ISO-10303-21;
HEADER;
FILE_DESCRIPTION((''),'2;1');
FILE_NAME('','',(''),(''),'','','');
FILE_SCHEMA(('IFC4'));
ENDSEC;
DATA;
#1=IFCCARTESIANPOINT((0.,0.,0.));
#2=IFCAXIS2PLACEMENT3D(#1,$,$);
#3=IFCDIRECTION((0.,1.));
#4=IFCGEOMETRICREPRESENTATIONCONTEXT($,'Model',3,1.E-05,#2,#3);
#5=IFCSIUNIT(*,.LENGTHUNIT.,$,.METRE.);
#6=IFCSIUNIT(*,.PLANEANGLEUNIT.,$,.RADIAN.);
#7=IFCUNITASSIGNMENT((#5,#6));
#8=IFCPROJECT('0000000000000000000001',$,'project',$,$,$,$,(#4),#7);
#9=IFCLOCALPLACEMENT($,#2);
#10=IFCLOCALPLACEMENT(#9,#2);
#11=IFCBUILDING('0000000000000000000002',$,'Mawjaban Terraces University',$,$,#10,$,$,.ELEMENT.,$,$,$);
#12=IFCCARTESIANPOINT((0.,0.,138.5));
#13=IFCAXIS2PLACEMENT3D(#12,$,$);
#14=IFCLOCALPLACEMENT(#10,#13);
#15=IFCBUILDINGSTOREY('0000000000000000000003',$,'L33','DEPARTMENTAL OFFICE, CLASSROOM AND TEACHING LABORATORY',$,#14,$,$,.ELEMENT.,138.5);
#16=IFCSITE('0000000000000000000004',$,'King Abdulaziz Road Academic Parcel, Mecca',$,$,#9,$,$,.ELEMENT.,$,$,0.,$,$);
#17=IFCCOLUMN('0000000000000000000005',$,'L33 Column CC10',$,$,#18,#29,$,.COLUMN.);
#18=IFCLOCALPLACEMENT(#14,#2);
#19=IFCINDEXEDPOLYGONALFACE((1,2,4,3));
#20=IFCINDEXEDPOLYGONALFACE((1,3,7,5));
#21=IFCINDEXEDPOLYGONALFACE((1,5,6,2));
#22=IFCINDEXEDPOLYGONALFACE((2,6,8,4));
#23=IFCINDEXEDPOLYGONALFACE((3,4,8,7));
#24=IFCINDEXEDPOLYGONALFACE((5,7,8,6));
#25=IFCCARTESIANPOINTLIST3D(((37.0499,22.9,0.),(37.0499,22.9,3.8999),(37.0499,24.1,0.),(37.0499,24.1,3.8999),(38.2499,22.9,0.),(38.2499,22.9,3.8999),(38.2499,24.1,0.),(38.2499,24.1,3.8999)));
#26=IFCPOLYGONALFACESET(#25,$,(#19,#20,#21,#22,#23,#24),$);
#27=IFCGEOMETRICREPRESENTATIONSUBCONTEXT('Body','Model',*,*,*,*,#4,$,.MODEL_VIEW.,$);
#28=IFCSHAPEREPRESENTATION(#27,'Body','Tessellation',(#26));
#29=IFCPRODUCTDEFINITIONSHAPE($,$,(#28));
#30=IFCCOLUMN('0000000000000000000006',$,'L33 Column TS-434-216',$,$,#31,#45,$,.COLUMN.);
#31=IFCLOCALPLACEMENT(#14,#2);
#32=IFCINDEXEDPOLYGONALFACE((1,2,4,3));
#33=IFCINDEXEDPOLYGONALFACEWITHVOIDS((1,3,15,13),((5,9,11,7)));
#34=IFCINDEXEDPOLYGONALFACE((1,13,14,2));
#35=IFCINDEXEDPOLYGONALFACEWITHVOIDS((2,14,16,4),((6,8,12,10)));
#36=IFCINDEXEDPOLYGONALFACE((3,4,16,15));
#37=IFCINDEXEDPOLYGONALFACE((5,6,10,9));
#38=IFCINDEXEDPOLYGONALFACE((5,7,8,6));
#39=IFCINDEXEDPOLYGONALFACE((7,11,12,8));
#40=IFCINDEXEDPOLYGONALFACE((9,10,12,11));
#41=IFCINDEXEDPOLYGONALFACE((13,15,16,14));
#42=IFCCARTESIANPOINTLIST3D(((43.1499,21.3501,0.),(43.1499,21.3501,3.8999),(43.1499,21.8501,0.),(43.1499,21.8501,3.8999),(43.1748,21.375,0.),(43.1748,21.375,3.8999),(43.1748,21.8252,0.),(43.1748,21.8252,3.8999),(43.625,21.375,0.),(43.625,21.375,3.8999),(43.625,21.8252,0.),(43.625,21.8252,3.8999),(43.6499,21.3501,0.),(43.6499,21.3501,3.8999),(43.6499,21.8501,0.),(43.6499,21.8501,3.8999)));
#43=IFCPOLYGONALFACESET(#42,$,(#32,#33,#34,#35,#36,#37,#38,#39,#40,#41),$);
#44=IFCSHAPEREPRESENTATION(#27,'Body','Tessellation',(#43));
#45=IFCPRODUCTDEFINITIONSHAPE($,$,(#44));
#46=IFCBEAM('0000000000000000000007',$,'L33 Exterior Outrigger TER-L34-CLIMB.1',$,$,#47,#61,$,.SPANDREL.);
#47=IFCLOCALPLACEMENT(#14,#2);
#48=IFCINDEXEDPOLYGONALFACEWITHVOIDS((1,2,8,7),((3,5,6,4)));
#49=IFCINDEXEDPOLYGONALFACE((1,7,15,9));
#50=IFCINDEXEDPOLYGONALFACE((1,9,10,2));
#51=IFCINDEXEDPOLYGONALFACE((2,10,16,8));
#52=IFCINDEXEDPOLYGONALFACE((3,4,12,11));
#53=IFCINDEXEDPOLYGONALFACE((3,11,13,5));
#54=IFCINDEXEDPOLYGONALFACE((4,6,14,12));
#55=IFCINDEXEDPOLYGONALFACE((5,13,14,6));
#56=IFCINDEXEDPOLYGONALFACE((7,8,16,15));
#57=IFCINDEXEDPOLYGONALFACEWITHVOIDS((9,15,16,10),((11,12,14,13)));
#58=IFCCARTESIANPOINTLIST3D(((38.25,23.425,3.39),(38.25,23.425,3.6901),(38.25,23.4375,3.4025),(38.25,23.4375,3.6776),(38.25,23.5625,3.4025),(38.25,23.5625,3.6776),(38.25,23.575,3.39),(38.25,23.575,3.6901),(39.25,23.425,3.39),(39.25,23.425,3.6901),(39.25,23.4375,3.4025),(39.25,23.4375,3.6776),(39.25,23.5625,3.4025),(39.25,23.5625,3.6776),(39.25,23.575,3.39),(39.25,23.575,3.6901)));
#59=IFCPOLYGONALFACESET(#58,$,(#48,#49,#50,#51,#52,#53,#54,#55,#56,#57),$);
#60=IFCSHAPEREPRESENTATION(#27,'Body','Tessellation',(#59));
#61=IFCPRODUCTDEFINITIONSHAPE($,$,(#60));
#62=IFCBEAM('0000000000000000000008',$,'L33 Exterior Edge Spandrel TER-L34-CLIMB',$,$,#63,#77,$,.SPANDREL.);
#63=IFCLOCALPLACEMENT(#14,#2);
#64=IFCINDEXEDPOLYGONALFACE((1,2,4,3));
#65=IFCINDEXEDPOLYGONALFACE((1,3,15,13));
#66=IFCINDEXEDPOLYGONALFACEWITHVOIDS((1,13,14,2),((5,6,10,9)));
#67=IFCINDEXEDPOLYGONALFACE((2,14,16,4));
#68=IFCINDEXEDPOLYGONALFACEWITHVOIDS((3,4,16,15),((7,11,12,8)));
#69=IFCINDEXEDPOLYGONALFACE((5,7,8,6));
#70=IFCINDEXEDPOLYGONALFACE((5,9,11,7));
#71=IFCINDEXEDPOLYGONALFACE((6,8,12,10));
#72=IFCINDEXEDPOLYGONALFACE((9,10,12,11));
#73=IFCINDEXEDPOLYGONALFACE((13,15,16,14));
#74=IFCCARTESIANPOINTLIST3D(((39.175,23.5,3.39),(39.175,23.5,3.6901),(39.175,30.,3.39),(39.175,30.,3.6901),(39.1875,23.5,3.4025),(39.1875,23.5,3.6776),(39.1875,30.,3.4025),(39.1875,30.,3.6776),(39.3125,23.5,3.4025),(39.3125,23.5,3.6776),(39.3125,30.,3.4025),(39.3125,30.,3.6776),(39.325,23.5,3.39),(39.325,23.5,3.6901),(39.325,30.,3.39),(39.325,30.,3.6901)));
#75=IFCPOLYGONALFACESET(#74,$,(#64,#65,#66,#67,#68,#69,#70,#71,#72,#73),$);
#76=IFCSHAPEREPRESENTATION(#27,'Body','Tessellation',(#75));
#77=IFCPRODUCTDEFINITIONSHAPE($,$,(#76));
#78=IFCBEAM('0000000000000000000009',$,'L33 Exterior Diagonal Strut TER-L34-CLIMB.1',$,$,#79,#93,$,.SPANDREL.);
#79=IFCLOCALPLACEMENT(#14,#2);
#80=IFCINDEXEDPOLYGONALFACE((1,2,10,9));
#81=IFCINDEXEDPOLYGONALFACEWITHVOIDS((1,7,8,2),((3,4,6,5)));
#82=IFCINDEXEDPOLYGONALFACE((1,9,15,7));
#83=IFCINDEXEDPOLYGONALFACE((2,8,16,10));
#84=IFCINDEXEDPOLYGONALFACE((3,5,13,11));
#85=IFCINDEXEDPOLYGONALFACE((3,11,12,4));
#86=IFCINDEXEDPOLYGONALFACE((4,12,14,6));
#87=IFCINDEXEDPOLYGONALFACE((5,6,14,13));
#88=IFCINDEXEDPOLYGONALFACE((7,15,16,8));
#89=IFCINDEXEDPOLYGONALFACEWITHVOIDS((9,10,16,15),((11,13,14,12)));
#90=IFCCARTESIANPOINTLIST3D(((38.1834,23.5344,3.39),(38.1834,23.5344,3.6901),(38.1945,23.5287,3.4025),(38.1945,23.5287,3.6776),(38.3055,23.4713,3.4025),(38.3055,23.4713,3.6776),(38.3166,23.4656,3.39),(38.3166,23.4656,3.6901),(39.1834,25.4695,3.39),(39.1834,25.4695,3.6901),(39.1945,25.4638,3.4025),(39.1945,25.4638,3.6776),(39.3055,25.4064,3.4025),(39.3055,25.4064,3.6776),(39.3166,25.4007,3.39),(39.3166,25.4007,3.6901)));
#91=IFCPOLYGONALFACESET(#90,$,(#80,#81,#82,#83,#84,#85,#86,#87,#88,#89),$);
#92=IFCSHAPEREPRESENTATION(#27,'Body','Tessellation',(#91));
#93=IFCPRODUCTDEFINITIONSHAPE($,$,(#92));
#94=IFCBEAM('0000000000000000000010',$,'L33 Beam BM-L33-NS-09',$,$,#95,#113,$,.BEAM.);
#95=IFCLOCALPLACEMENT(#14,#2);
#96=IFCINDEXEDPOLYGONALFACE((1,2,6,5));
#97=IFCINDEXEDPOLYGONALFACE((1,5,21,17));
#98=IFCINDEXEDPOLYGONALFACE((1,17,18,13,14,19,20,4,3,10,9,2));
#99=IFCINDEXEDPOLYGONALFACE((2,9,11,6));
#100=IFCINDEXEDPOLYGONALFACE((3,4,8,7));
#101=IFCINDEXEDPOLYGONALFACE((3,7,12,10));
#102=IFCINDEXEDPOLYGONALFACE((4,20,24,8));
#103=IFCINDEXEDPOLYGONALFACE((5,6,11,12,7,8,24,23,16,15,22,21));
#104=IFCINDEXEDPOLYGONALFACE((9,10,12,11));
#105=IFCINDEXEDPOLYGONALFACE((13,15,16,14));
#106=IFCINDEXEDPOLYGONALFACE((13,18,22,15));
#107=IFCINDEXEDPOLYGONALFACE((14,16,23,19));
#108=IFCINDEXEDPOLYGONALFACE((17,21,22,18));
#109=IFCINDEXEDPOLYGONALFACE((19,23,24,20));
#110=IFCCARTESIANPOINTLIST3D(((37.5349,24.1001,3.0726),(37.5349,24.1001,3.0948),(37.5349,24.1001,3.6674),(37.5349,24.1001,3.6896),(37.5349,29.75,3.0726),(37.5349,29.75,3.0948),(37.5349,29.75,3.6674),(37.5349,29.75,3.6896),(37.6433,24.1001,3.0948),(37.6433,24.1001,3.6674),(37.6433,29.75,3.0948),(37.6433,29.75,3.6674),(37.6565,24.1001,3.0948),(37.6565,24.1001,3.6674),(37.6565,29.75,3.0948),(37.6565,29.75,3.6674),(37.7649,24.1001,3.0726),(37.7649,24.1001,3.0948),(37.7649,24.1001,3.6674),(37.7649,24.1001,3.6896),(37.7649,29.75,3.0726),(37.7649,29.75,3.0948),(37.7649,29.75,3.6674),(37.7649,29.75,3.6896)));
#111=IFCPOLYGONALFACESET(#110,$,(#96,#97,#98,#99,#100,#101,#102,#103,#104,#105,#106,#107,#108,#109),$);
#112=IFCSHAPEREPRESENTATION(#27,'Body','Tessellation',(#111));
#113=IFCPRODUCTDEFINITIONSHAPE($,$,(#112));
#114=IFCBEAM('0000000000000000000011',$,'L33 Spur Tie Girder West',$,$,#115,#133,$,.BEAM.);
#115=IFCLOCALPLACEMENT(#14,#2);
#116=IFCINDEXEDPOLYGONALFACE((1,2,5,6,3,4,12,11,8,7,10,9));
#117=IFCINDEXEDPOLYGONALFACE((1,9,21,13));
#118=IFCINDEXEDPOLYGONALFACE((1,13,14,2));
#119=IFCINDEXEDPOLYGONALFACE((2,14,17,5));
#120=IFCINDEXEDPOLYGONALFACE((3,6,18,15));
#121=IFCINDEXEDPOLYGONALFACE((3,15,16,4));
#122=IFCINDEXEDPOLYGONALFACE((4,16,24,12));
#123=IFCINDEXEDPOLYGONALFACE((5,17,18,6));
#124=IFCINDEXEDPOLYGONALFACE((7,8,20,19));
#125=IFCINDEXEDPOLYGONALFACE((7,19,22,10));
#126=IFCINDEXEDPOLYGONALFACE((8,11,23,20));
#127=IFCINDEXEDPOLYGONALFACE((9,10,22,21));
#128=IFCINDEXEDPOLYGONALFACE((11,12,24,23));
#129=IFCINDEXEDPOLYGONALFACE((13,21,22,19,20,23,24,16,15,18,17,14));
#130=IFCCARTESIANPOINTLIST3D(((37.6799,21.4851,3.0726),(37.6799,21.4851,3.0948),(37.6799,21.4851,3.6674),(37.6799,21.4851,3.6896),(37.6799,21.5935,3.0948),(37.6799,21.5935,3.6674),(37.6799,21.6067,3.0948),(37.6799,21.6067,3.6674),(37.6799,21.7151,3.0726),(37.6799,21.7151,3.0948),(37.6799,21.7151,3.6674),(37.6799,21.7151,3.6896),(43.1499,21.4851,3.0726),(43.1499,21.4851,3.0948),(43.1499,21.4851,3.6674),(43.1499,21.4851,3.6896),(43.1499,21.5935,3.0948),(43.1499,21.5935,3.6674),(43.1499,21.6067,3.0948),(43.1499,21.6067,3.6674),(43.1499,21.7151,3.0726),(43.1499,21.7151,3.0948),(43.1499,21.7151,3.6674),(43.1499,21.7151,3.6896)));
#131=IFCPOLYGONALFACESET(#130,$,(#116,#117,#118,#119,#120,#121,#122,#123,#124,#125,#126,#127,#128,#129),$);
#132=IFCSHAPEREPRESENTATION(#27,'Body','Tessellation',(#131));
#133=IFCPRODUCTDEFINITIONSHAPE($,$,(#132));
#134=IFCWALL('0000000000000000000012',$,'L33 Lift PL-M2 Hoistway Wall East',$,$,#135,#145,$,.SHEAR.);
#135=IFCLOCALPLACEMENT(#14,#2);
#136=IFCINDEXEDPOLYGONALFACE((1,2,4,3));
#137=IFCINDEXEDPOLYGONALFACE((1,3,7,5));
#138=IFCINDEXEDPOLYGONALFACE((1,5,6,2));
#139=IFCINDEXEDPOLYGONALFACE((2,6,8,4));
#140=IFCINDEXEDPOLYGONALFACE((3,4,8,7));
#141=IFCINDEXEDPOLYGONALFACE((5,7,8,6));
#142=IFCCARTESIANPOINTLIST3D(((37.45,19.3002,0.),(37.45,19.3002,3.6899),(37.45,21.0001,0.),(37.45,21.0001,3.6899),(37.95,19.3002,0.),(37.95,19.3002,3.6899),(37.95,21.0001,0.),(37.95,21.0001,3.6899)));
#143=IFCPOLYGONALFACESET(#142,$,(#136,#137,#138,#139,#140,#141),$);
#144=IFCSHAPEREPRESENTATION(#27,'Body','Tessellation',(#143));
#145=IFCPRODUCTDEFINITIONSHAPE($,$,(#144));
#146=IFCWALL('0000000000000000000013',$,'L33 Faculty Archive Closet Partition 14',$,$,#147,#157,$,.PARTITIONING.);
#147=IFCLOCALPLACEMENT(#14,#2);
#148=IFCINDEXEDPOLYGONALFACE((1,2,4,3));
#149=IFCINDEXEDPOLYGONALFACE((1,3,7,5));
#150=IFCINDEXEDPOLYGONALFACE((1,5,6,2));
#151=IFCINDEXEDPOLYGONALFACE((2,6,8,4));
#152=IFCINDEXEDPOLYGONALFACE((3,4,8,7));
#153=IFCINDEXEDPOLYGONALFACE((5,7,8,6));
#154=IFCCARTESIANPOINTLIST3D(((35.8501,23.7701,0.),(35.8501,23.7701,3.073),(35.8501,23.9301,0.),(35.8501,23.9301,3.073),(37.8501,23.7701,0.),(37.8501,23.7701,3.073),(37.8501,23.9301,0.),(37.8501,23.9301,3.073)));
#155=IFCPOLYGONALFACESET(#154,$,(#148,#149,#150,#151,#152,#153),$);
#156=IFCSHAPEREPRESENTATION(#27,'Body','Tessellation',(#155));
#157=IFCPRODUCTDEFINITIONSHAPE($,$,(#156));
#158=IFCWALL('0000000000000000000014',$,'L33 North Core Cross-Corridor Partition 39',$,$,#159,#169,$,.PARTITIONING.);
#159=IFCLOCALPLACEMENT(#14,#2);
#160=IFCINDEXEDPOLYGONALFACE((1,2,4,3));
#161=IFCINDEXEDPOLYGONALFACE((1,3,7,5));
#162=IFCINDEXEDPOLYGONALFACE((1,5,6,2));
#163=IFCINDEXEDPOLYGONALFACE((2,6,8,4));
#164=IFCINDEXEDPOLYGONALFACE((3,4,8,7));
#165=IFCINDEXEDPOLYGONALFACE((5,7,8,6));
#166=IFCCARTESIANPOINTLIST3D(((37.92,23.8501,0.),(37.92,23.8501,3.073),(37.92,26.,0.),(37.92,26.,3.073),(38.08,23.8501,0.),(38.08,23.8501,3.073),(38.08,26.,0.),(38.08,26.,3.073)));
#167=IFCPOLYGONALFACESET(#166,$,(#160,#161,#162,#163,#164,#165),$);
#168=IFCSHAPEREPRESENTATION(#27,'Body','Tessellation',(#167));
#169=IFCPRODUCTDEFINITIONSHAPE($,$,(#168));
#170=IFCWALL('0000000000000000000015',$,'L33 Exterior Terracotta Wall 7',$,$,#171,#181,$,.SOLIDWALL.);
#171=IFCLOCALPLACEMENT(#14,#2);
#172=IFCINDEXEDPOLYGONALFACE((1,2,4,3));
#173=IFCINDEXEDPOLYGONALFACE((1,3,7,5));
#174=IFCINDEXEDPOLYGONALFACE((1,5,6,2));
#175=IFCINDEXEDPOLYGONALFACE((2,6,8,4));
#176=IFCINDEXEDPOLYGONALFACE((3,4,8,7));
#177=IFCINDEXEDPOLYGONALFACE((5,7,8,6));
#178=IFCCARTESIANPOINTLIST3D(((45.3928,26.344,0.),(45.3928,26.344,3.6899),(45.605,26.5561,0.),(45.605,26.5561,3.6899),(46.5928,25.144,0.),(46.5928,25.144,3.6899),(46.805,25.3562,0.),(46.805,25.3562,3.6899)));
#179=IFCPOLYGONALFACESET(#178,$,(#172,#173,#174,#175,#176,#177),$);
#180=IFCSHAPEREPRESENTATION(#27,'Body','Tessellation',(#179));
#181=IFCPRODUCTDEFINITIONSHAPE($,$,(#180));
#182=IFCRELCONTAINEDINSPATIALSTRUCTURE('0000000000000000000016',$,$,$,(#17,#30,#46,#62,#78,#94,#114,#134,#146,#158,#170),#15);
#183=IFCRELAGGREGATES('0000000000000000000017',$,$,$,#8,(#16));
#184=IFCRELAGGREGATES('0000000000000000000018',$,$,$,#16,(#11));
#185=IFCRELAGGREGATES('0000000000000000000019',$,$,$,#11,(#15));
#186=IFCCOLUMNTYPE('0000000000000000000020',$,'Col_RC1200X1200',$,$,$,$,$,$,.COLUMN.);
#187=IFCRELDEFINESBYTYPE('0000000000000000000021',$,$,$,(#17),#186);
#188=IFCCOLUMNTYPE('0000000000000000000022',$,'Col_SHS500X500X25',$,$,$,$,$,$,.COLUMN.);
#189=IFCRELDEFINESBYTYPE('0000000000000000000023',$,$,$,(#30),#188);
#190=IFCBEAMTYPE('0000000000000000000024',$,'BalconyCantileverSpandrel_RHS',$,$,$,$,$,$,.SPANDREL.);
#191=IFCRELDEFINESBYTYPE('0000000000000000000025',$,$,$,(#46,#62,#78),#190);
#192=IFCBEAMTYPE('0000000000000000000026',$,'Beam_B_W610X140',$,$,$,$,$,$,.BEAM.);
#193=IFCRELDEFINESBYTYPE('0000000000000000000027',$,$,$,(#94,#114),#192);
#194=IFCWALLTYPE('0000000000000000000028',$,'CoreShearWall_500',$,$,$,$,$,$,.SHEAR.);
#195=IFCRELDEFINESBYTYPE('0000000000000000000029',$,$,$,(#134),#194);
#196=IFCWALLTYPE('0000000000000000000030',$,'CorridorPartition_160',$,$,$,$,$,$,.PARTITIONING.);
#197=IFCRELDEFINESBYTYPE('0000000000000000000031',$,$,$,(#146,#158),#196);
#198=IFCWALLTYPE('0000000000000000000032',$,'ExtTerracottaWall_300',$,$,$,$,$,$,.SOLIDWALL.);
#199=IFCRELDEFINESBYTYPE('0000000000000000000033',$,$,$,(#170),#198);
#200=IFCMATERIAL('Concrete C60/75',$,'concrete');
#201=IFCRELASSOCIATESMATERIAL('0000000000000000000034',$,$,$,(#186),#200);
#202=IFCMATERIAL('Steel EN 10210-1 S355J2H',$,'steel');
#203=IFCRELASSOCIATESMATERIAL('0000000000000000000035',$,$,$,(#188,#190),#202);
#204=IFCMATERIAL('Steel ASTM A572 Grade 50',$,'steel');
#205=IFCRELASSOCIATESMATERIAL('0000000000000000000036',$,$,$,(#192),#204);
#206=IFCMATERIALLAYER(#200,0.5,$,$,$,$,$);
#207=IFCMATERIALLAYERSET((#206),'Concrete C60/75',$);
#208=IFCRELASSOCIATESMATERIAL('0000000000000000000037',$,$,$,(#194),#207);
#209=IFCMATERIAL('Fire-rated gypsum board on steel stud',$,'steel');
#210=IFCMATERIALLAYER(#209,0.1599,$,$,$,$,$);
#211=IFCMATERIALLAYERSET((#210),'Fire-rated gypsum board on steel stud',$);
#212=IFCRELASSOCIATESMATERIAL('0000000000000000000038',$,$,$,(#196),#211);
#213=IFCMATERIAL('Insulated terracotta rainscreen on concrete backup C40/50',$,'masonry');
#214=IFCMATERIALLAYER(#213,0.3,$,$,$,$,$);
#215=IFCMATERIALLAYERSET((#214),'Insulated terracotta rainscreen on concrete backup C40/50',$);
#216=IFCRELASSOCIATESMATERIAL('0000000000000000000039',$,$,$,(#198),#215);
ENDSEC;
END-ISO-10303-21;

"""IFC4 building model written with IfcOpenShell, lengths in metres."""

from ifc_helpers import new_model, si_unit, direction, frame, frame_2d, origin, origin_2d, place, context, subcontext, project, spatial, rectangle, hollow_rectangle, i_section, extrude, material, layer, layer_set, material_profile, profile_set, type_object, element, save


model = new_model("IFC4")

# Units and contexts
model_context = context("Model", 3, precision=1e-05, world=origin(), true_north=direction((0.0, 1.0)))
body_context = subcontext(model_context, "Body", "Model", "MODEL_VIEW")
ifc_project = project(units=[si_unit("LENGTHUNIT", "METRE"), si_unit("PLANEANGLEUNIT", "RADIAN")], contexts=[model_context])

# Site, building, storey
site_placement = place(None, origin())
site = spatial("IfcSite", under=ifc_project, at=site_placement, Name="King Abdulaziz Road Academic Parcel, Mecca", CompositionType="ELEMENT", RefElevation=0.0)
building_placement = place(site_placement, origin())
building = spatial("IfcBuilding", under=site, at=building_placement, Name="Mawjaban Terraces University", CompositionType="ELEMENT")
storey_placement = place(building_placement, frame((0.0, 0.0, 138.5)))
storey = spatial("IfcBuildingStorey", under=building, at=storey_placement, Name="L33", Description="DEPARTMENTAL OFFICE, CLASSROOM AND TEACHING LABORATORY", CompositionType="ELEMENT", Elevation=138.5)

# Columns
ifc_material_1 = material(Name="Concrete C60/75", Category="concrete")
ifc_material_profile_1 = material_profile(ifc_material_1, rectangle(XDim=1.2, YDim=1.2, at=origin_2d()), Name="RC1200X1200")
ifc_profile_set_1 = profile_set([ifc_material_profile_1], Name="Concrete C60/75")
column_type_1 = type_object("IfcColumnType", Name="Col_RC1200X1200", PredefinedType="COLUMN", material=ifc_profile_set_1)
column_1_placement = place(storey_placement, frame((37.6499, 23.5, 0.0), z_axis=(0.0, 0.0, 1.0), x_axis=(1.0, 0.0, 0.0)))
element("IfcColumn", 1, at=column_1_placement, inside=storey, type_object=column_type_1, Name="L33 Column CC10", PredefinedType="COLUMN", context=body_context, shape_type="SweptSolid", body=[
    extrude(rectangle(XDim=1.2, YDim=1.2, at=origin_2d()), origin(), (0.0, 0.0, 1.0), 3.8999),
])
ifc_material_2 = material(Name="Steel EN 10210-1 S355J2H", Category="steel")
ifc_material_profile_2 = material_profile(ifc_material_2, hollow_rectangle(XDim=0.5, YDim=0.5, WallThickness=0.0249, at=origin_2d()), Name="SHS500X500X25")
ifc_profile_set_2 = profile_set([ifc_material_profile_2], Name="Steel EN 10210-1 S355J2H")
column_type_2 = type_object("IfcColumnType", Name="Col_SHS500X500X25", PredefinedType="COLUMN", material=ifc_profile_set_2)
column_2_placement = place(storey_placement, frame((43.3999, 21.6001, 0.0), z_axis=(0.0, 0.0, 1.0), x_axis=(1.0, 0.0, 0.0)))
element("IfcColumn", 2, at=column_2_placement, inside=storey, type_object=column_type_2, Name="L33 Column TS-434-216", PredefinedType="COLUMN", context=body_context, shape_type="SweptSolid", body=[
    extrude(hollow_rectangle(XDim=0.5, YDim=0.5, WallThickness=0.0249, at=origin_2d()), origin(), (0.0, 0.0, 1.0), 3.8999),
])

# Beams
ifc_material_profile_3 = material_profile(ifc_material_2, hollow_rectangle(XDim=0.1499, YDim=0.3, WallThickness=0.0125, at=origin_2d()), Name="RHS300X150X12.5")
ifc_profile_set_3 = profile_set([ifc_material_profile_3], Name="Steel EN 10210-1 S355J2H")
beam_type_1 = type_object("IfcBeamType", Name="BalconyCantileverSpandrel_RHS", PredefinedType="SPANDREL", material=ifc_profile_set_3)
beam_1_placement = place(storey_placement, frame((38.25, 23.5, 3.54), z_axis=(1.0, 0.0, 0.0), x_axis=(0.0, 1.0, 0.0)))
element("IfcBeam", 3, at=beam_1_placement, inside=storey, type_object=beam_type_1, Name="L33 Exterior Outrigger TER-L34-CLIMB.1", PredefinedType="SPANDREL", context=body_context, shape_type="SweptSolid", body=[
    extrude(hollow_rectangle(XDim=0.1499, YDim=0.3, WallThickness=0.0125, at=origin_2d()), origin(), (0.0, 0.0, 1.0), 1.0),
])
beam_2_placement = place(storey_placement, frame((39.25, 23.5, 3.54), z_axis=(0.0, 1.0, 0.0), x_axis=(-1.0, 0.0, 0.0)))
element("IfcBeam", 4, at=beam_2_placement, inside=storey, type_object=beam_type_1, Name="L33 Exterior Edge Spandrel TER-L34-CLIMB", PredefinedType="SPANDREL", context=body_context, shape_type="SweptSolid", body=[
    extrude(hollow_rectangle(XDim=0.1499, YDim=0.3, WallThickness=0.0125, at=origin_2d()), origin(), (0.0, 0.0, 1.0), 6.5),
])
beam_3_placement = place(storey_placement, frame((38.25, 23.5, 3.54), z_axis=(0.4591, 0.888385, 0.0), x_axis=(-0.888385, 0.4591, 0.0)))
element("IfcBeam", 5, at=beam_3_placement, inside=storey, type_object=beam_type_1, Name="L33 Exterior Diagonal Strut TER-L34-CLIMB.1", PredefinedType="SPANDREL", context=body_context, shape_type="SweptSolid", body=[
    extrude(hollow_rectangle(XDim=0.1499, YDim=0.3, WallThickness=0.0125, at=origin_2d()), origin(), (0.0, 0.0, 1.0), 2.1782),
])
ifc_material_3 = material(Name="Steel ASTM A572 Grade 50", Category="steel")
ifc_material_profile_4 = material_profile(ifc_material_3, i_section(OverallWidth=0.23, OverallDepth=0.6169, WebThickness=0.0132, FlangeThickness=0.0222, at=origin_2d()), Name="W610X140")
ifc_profile_set_4 = profile_set([ifc_material_profile_4], Name="Steel ASTM A572 Grade 50")
beam_type_2 = type_object("IfcBeamType", Name="Beam_B_W610X140", PredefinedType="BEAM", material=ifc_profile_set_4)
beam_4_placement = place(storey_placement, frame((37.6499, 24.1001, 3.3811), z_axis=(0.0, 1.0, 0.0), x_axis=(-1.0, 0.0, 0.0)))
element("IfcBeam", 6, at=beam_4_placement, inside=storey, type_object=beam_type_2, Name="L33 Beam BM-L33-NS-09", PredefinedType="BEAM", context=body_context, shape_type="SweptSolid", body=[
    extrude(i_section(OverallWidth=0.23, OverallDepth=0.6169, WebThickness=0.0132, FlangeThickness=0.0222, at=origin_2d()), origin(), (0.0, 0.0, 1.0), 5.6499),
])
beam_5_placement = place(storey_placement, frame((37.6799, 21.6001, 3.3811), z_axis=(1.0, 0.0, 0.0), x_axis=(0.0, 1.0, 0.0)))
element("IfcBeam", 7, at=beam_5_placement, inside=storey, type_object=beam_type_2, Name="L33 Spur Tie Girder West", PredefinedType="BEAM", context=body_context, shape_type="SweptSolid", body=[
    extrude(i_section(OverallWidth=0.23, OverallDepth=0.6169, WebThickness=0.0132, FlangeThickness=0.0222, at=origin_2d()), origin(), (0.0, 0.0, 1.0), 5.47),
])

# Walls
ifc_layer_1 = layer(ifc_material_1, 0.5)
ifc_layer_set_1 = layer_set([ifc_layer_1], Name="Concrete C60/75")
wall_type_1 = type_object("IfcWallType", Name="CoreShearWall_500", PredefinedType="SHEAR", material=ifc_layer_set_1)
wall_1_placement = place(storey_placement, frame((37.7, 19.3, 0.0), z_axis=(0.0, 0.0, 1.0), x_axis=(0.0, 1.0, 0.0)))
element("IfcWall", 8, at=wall_1_placement, inside=storey, type_object=wall_type_1, Name="L33 Lift PL-M2 Hoistway Wall East", PredefinedType="SHEAR", context=body_context, shape_type="SweptSolid", body=[
    extrude(rectangle(XDim=1.7, YDim=0.5, at=frame_2d((0.8501, 0.0))), origin(), (0.0, 0.0, 1.0), 3.6899),
])
ifc_material_4 = material(Name="Fire-rated gypsum board on steel stud", Category="steel")
ifc_layer_2 = layer(ifc_material_4, 0.1599)
ifc_layer_set_2 = layer_set([ifc_layer_2], Name="Fire-rated gypsum board on steel stud")
wall_type_2 = type_object("IfcWallType", Name="CorridorPartition_160", PredefinedType="PARTITIONING", material=ifc_layer_set_2)
wall_2_placement = place(storey_placement, frame((37.8501, 23.8501, 0.0), z_axis=(0.0, 0.0, 1.0), x_axis=(-1.0, 0.0, 0.0)))
element("IfcWall", 9, at=wall_2_placement, inside=storey, type_object=wall_type_2, Name="L33 Faculty Archive Closet Partition 14", PredefinedType="PARTITIONING", context=body_context, shape_type="SweptSolid", body=[
    extrude(rectangle(XDim=2.0, YDim=0.1599, at=frame_2d((1.0, 0.0))), origin(), (0.0, 0.0, 1.0), 3.073),
])
wall_3_placement = place(storey_placement, frame((38.0, 23.8501, 0.0), z_axis=(0.0, 0.0, 1.0), x_axis=(0.0, 1.0, 0.0)))
element("IfcWall", 10, at=wall_3_placement, inside=storey, type_object=wall_type_2, Name="L33 North Core Cross-Corridor Partition 39", PredefinedType="PARTITIONING", context=body_context, shape_type="SweptSolid", body=[
    extrude(rectangle(XDim=2.1499, YDim=0.1599, at=frame_2d((1.075, 0.0))), origin(), (0.0, 0.0, 1.0), 3.073),
])
ifc_material_5 = material(Name="Insulated terracotta rainscreen on concrete backup C40/50", Category="masonry")
ifc_layer_3 = layer(ifc_material_5, 0.3)
ifc_layer_set_3 = layer_set([ifc_layer_3], Name="Insulated terracotta rainscreen on concrete backup C40/50")
wall_type_3 = type_object("IfcWallType", Name="ExtTerracottaWall_300", PredefinedType="SOLIDWALL", material=ifc_layer_set_3)
wall_4_placement = place(storey_placement, frame((46.699, 25.25, 0.0), z_axis=(0.0, 0.0, 1.0), x_axis=(-0.707107, 0.707107, 0.0)))
element("IfcWall", 11, at=wall_4_placement, inside=storey, type_object=wall_type_3, Name="L33 Exterior Terracotta Wall 7", PredefinedType="SOLIDWALL", context=body_context, shape_type="SweptSolid", body=[
    extrude(rectangle(XDim=1.697, YDim=0.3, at=frame_2d((0.8486, 0.0))), origin(), (0.0, 0.0, 1.0), 3.6899),
])

save(model, "model.ifc")
